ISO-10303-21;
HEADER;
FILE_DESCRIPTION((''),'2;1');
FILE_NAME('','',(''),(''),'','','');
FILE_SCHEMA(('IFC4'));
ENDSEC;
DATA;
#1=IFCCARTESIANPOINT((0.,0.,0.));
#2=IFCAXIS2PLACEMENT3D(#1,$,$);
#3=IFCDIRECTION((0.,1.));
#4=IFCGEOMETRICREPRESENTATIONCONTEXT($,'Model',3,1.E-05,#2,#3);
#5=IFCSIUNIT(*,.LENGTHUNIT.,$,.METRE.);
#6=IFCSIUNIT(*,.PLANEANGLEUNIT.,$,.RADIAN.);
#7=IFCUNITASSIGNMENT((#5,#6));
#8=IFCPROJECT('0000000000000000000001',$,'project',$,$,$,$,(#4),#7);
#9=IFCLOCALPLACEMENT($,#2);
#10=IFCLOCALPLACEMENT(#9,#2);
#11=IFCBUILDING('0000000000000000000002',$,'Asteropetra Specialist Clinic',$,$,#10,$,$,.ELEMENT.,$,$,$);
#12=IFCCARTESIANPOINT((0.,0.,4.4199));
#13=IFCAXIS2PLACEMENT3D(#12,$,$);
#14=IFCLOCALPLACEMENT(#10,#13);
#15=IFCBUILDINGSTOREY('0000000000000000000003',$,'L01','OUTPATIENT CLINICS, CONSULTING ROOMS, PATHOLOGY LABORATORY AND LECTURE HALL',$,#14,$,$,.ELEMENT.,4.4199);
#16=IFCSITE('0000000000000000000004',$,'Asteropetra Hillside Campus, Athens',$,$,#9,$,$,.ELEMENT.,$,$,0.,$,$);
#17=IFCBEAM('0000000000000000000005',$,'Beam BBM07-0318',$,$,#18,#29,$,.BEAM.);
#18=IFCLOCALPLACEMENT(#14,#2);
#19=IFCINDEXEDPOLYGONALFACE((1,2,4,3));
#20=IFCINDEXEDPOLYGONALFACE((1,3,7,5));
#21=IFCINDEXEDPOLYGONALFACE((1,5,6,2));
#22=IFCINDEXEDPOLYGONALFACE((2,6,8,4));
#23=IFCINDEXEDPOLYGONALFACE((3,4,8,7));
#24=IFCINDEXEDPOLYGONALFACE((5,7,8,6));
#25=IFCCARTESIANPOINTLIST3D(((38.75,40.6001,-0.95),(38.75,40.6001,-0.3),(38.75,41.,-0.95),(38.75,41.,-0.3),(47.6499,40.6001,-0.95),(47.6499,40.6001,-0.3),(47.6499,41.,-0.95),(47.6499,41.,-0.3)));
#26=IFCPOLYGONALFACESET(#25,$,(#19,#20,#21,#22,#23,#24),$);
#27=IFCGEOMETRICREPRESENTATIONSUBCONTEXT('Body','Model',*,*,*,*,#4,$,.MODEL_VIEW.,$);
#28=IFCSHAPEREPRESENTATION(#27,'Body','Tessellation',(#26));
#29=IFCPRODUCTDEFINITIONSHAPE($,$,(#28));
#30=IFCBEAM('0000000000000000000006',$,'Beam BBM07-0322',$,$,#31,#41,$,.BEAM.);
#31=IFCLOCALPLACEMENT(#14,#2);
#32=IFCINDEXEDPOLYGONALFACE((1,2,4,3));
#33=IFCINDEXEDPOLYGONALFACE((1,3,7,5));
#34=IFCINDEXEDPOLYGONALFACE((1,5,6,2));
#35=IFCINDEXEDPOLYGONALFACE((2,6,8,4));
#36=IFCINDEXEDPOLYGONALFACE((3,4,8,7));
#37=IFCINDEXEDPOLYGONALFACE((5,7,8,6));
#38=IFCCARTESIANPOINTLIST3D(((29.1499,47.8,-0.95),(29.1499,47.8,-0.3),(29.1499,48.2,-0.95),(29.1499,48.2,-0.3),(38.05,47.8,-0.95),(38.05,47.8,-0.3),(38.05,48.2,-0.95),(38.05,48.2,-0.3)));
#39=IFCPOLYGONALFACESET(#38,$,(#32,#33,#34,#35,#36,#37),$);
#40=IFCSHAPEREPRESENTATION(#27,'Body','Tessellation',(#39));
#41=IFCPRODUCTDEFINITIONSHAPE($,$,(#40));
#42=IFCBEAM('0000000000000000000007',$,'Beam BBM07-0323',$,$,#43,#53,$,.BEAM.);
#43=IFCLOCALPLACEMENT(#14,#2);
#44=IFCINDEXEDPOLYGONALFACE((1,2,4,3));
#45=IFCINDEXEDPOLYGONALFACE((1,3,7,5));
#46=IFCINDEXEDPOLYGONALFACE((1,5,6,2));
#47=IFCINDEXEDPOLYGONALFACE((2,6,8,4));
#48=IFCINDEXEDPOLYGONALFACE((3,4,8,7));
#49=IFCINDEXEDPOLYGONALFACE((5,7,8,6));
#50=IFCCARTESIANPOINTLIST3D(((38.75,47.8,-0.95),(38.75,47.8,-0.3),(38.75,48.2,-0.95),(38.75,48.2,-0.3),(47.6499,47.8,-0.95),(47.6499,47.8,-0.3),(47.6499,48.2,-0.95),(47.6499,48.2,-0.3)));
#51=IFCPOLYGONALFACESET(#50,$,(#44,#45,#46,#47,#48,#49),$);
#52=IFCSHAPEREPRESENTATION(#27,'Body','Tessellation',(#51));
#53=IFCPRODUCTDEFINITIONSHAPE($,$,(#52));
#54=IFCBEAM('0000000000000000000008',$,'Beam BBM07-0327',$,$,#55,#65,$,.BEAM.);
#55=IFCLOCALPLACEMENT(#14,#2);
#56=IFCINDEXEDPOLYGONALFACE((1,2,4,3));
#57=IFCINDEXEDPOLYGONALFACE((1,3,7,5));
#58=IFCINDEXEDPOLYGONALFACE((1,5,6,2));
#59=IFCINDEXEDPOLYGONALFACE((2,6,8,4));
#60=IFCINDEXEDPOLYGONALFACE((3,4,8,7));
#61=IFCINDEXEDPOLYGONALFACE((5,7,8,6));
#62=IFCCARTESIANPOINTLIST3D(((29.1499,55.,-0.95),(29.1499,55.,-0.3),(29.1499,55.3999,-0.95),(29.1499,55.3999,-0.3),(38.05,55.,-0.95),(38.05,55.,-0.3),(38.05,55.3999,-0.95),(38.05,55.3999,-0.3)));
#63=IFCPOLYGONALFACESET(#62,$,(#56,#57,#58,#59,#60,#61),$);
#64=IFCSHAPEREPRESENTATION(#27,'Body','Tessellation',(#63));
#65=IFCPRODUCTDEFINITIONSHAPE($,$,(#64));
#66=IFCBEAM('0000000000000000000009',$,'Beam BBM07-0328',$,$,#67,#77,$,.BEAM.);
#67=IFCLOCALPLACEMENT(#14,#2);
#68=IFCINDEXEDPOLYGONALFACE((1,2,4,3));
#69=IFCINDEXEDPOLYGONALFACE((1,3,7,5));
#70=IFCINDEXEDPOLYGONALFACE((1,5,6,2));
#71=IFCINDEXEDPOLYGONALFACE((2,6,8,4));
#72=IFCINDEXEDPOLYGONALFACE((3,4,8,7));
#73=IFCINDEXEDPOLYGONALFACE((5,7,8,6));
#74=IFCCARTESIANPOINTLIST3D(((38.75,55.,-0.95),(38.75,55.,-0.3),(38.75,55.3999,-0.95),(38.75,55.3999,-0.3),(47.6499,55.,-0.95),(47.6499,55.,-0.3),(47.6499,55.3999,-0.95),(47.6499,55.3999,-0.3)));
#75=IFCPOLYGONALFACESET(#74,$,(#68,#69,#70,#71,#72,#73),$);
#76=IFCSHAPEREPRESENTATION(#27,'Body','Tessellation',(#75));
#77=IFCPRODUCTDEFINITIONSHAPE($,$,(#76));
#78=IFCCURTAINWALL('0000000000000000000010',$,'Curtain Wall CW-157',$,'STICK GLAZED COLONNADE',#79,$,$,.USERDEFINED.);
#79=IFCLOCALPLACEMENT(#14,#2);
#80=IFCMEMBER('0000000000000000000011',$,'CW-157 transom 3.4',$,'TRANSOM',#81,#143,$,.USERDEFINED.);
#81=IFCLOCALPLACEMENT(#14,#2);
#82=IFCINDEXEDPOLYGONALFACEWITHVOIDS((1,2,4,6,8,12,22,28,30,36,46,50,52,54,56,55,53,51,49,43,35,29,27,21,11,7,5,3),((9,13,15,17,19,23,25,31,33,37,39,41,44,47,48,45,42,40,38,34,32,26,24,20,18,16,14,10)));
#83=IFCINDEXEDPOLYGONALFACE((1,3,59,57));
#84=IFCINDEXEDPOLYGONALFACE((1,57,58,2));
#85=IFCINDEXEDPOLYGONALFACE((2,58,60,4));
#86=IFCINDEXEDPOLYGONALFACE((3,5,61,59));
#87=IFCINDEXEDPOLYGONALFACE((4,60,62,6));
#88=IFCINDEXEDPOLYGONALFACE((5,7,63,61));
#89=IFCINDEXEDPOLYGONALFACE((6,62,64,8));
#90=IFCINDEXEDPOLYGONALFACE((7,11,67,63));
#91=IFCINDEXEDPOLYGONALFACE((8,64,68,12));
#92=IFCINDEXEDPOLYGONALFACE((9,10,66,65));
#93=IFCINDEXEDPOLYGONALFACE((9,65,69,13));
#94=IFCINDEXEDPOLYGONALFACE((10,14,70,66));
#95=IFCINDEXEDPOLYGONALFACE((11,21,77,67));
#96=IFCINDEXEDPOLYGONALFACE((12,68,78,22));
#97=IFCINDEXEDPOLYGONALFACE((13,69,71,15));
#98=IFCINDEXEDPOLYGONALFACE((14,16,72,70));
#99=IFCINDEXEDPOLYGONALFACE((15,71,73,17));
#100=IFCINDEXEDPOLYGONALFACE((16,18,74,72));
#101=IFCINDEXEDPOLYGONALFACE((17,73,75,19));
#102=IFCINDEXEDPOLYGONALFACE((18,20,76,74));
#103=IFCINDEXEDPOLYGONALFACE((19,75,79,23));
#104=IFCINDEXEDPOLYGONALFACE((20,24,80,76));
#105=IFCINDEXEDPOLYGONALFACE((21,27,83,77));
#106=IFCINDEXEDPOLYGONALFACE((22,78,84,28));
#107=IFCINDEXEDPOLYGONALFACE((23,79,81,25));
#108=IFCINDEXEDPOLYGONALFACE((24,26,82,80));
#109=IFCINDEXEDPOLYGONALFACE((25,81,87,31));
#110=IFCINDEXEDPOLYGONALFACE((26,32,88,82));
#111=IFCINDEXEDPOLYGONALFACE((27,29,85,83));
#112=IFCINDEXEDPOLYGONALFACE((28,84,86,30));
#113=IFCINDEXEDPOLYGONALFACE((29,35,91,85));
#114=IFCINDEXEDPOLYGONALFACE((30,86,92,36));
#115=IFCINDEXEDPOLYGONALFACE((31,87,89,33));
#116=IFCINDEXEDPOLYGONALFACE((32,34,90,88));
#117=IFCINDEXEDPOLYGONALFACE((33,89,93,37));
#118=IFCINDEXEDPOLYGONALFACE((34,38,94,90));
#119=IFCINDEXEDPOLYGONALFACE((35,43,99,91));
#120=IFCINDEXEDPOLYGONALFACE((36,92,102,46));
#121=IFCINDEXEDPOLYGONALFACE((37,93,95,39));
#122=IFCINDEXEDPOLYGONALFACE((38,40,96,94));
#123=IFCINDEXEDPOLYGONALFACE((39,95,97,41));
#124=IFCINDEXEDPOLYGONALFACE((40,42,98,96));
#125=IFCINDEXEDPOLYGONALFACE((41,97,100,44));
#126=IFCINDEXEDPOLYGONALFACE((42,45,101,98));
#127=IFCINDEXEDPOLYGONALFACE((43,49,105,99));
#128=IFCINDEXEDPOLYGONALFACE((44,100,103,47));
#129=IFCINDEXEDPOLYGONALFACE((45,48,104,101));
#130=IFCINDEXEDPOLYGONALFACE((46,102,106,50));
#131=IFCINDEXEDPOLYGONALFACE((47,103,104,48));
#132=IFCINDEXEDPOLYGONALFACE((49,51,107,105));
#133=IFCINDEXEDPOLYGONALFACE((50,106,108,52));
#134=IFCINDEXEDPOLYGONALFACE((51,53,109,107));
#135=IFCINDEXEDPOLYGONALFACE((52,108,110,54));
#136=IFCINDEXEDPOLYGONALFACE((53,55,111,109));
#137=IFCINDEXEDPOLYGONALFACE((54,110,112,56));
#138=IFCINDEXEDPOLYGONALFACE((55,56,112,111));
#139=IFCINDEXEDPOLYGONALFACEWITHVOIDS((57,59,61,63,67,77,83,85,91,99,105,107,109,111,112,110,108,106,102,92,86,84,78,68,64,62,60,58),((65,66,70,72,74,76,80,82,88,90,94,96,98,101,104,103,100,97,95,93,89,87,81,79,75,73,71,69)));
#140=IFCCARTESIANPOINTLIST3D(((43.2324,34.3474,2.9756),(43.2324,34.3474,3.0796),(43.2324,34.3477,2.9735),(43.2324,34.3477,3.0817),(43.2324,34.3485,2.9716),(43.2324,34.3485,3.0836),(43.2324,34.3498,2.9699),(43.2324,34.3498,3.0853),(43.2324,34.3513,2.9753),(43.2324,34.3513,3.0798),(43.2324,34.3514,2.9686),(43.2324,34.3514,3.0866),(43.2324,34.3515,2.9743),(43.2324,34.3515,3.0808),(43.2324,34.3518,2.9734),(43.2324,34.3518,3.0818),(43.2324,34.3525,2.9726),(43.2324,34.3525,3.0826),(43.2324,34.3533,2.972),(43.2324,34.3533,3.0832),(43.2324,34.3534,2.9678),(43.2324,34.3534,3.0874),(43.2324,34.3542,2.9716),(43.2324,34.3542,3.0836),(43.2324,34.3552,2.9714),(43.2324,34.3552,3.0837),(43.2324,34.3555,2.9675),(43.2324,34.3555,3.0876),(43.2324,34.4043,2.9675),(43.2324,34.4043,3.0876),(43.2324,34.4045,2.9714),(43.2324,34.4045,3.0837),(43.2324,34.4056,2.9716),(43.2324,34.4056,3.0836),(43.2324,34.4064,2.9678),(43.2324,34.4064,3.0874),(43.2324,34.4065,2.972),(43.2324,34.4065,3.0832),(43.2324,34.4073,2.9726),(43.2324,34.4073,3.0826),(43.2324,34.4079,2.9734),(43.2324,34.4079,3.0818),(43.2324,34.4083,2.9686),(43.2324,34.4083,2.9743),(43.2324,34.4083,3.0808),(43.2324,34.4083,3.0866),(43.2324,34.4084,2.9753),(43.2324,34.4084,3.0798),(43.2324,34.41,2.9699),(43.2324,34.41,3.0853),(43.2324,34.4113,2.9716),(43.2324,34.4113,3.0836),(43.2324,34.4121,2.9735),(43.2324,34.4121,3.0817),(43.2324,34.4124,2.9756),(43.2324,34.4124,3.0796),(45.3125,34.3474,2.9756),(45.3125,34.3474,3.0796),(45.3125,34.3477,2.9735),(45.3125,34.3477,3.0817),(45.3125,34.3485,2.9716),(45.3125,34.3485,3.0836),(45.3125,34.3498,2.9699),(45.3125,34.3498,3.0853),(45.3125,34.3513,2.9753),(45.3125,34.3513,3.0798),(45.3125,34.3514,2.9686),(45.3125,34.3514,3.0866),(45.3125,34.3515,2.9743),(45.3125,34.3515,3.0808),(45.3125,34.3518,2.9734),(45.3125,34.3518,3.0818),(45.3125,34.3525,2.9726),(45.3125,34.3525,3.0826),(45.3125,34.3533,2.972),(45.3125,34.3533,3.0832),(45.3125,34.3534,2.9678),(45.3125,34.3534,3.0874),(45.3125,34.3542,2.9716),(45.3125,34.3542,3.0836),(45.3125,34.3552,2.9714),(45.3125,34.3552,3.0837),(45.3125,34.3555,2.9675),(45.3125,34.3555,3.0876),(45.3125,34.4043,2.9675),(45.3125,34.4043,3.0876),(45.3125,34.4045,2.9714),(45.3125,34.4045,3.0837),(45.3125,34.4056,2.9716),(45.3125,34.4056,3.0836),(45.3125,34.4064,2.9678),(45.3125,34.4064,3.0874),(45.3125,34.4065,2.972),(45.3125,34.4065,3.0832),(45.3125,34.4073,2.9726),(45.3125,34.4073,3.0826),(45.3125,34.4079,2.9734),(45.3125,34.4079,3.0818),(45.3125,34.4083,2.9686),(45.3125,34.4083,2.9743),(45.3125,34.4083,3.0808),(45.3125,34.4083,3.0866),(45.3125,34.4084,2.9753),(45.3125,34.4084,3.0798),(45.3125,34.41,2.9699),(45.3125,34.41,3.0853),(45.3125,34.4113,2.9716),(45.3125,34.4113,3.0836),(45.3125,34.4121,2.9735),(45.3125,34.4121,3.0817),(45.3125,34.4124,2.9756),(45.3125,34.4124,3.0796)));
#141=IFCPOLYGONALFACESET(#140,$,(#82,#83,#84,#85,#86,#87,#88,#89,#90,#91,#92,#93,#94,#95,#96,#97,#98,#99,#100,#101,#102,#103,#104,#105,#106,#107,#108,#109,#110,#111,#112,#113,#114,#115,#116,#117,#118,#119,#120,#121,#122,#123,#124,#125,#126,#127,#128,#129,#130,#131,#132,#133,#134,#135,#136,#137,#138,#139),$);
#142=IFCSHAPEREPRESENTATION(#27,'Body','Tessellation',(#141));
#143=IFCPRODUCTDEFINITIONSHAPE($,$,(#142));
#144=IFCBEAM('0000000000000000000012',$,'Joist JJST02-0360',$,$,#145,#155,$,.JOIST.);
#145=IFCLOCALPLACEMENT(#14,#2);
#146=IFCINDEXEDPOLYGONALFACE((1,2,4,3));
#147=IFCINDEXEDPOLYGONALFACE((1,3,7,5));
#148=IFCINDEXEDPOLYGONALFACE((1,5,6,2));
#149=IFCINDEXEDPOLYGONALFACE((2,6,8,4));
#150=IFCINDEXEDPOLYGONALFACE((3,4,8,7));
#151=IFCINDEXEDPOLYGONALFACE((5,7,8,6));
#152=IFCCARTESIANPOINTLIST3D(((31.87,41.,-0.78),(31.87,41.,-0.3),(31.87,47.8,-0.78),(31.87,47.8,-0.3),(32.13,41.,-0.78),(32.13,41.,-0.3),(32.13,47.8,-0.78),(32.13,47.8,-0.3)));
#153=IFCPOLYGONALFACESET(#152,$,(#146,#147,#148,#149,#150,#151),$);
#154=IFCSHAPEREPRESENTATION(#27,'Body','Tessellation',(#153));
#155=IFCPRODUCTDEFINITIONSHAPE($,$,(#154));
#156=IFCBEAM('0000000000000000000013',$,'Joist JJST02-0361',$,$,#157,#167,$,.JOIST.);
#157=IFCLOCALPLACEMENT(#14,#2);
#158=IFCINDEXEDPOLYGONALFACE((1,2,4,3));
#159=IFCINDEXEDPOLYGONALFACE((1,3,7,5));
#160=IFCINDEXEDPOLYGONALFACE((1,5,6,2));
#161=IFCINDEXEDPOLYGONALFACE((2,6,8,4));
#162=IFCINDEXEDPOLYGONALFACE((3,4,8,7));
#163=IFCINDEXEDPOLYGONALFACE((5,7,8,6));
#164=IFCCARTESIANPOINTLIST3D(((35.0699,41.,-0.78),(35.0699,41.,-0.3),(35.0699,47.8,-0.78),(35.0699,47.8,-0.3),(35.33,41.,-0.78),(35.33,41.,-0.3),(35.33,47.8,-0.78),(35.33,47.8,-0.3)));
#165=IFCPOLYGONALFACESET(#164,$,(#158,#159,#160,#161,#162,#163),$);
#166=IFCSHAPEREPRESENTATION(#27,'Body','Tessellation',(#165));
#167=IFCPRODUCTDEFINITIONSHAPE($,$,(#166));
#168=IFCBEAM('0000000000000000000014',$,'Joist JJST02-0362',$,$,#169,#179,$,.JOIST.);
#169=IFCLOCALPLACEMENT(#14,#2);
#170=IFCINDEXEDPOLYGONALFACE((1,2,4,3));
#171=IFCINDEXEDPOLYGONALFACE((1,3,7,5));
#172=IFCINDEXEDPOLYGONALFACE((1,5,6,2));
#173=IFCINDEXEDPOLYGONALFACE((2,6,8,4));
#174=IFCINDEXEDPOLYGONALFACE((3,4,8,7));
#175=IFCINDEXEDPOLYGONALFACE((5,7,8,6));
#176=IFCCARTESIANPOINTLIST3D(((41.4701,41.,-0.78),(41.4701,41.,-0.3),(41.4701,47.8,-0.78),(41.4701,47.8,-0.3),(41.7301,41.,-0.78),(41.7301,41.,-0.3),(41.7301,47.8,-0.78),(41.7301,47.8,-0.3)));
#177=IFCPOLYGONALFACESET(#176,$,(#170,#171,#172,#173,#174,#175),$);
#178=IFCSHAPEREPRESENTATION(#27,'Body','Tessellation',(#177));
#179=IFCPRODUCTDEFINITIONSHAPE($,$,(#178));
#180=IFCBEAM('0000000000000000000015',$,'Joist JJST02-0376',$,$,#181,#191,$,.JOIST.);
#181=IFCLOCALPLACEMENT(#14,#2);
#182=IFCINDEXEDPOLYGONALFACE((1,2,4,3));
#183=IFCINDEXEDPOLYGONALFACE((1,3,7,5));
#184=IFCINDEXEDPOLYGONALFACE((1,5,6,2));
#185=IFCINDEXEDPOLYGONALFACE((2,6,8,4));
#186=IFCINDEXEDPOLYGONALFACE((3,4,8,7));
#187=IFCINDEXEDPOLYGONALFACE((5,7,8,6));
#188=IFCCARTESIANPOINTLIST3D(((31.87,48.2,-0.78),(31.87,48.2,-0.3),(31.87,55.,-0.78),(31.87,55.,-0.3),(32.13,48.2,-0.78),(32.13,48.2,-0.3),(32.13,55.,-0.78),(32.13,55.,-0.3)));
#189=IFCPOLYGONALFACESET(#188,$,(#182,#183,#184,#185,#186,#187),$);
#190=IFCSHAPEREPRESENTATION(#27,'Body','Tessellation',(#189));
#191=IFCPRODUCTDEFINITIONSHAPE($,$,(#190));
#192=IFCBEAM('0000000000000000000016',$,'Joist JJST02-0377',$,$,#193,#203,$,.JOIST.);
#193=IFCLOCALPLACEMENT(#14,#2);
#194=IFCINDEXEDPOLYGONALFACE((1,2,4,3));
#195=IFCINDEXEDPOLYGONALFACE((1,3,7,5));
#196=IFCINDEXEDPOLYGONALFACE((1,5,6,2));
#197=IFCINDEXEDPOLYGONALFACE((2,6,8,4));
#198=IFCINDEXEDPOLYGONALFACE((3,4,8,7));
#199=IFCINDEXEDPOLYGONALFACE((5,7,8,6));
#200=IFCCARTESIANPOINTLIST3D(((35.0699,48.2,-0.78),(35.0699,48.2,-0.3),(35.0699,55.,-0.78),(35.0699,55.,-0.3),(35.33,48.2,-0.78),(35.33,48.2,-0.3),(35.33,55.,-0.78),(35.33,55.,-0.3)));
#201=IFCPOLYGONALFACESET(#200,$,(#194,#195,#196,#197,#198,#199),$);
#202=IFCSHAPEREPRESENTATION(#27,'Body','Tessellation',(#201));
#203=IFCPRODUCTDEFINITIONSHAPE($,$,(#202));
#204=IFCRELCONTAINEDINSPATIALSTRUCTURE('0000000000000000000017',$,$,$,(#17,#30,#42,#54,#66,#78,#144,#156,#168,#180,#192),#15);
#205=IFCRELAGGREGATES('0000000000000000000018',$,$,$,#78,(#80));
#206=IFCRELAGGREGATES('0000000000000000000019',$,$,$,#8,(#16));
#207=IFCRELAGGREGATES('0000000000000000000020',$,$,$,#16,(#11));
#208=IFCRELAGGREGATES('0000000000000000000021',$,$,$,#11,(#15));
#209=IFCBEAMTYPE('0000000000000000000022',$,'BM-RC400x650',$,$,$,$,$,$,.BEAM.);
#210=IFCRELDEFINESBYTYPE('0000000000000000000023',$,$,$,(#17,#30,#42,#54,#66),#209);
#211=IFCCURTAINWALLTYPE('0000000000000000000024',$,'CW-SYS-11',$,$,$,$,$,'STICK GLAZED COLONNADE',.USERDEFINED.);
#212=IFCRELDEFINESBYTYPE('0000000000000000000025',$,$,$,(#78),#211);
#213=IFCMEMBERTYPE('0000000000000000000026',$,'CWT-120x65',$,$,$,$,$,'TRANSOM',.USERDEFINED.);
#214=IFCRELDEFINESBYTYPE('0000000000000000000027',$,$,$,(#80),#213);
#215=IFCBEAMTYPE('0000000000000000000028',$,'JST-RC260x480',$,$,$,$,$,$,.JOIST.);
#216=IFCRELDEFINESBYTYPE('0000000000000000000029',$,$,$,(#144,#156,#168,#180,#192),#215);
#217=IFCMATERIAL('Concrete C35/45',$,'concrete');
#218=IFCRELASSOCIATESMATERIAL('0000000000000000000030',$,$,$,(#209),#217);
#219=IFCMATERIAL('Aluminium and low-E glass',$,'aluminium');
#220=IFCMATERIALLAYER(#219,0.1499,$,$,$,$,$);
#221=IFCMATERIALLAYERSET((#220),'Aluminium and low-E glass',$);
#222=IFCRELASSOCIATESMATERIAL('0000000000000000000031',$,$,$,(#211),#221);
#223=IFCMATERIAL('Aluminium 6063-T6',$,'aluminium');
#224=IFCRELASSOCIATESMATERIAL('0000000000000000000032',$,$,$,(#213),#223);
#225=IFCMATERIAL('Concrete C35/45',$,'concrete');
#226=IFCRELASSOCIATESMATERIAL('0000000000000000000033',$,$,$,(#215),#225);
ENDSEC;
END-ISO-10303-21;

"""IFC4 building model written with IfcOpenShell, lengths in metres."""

from ifc_helpers import new_model, si_unit, direction, frame, origin, origin_2d, place, context, subcontext, project, spatial, rectangle, hollow_rectangle, extrude, material, layer, layer_set, material_profile, profile_set, type_object, element, aggregate, save


model = new_model("IFC4")

# Units and contexts
model_context = context("Model", 3, precision=1e-05, world=origin(), true_north=direction((0.0, 1.0)))
body_context = subcontext(model_context, "Body", "Model", "MODEL_VIEW")
ifc_project = project(units=[si_unit("LENGTHUNIT", "METRE"), si_unit("PLANEANGLEUNIT", "RADIAN")], contexts=[model_context])

# Site, building, storey
site_placement = place(None, origin())
site = spatial("IfcSite", under=ifc_project, at=site_placement, Name="Asteropetra Hillside Campus, Athens", CompositionType="ELEMENT", RefElevation=0.0)
building_placement = place(site_placement, origin())
building = spatial("IfcBuilding", under=site, at=building_placement, Name="Asteropetra Specialist Clinic", CompositionType="ELEMENT")
storey_placement = place(building_placement, frame((0.0, 0.0, 4.4199)))
storey = spatial("IfcBuildingStorey", under=building, at=storey_placement, Name="L01", Description="OUTPATIENT CLINICS, CONSULTING ROOMS, PATHOLOGY LABORATORY AND LECTURE HALL", CompositionType="ELEMENT", Elevation=4.4199)

# Beams
ifc_material_1 = material(Name="Concrete C35/45", Category="concrete")
ifc_material_profile_1 = material_profile(ifc_material_1, rectangle(XDim=0.3999, YDim=0.6499, at=origin_2d()), Name="RCB 400x650")
ifc_profile_set_1 = profile_set([ifc_material_profile_1], Name="Concrete C35/45")
beam_type_1 = type_object("IfcBeamType", Name="BM-RC400x650", PredefinedType="BEAM", material=ifc_profile_set_1)
beam_1_placement = place(storey_placement, frame((38.75, 40.8, -0.625), z_axis=(1.0, 0.0, 0.0), x_axis=(0.0, 1.0, 0.0)))
element("IfcBeam", 1, at=beam_1_placement, inside=storey, type_object=beam_type_1, Name="Beam BBM07-0318", PredefinedType="BEAM", context=body_context, shape_type="SweptSolid", body=[
    extrude(rectangle(XDim=0.3999, YDim=0.6499, at=origin_2d()), origin(), (0.0, 0.0, 1.0), 8.8999),
])
beam_2_placement = place(storey_placement, frame((29.1499, 48.0, -0.625), z_axis=(1.0, 0.0, 0.0), x_axis=(0.0, 1.0, 0.0)))
element("IfcBeam", 2, at=beam_2_placement, inside=storey, type_object=beam_type_1, Name="Beam BBM07-0322", PredefinedType="BEAM", context=body_context, shape_type="SweptSolid", body=[
    extrude(rectangle(XDim=0.3999, YDim=0.6499, at=origin_2d()), origin(), (0.0, 0.0, 1.0), 8.9001),
])
beam_3_placement = place(storey_placement, frame((38.75, 48.0, -0.625), z_axis=(1.0, 0.0, 0.0), x_axis=(0.0, 1.0, 0.0)))
element("IfcBeam", 3, at=beam_3_placement, inside=storey, type_object=beam_type_1, Name="Beam BBM07-0323", PredefinedType="BEAM", context=body_context, shape_type="SweptSolid", body=[
    extrude(rectangle(XDim=0.3999, YDim=0.6499, at=origin_2d()), origin(), (0.0, 0.0, 1.0), 8.8999),
])
beam_4_placement = place(storey_placement, frame((29.1499, 55.2, -0.625), z_axis=(1.0, 0.0, 0.0), x_axis=(0.0, 1.0, 0.0)))
element("IfcBeam", 4, at=beam_4_placement, inside=storey, type_object=beam_type_1, Name="Beam BBM07-0327", PredefinedType="BEAM", context=body_context, shape_type="SweptSolid", body=[
    extrude(rectangle(XDim=0.3999, YDim=0.6499, at=origin_2d()), origin(), (0.0, 0.0, 1.0), 8.9001),
])
beam_5_placement = place(storey_placement, frame((38.75, 55.2, -0.625), z_axis=(1.0, 0.0, 0.0), x_axis=(0.0, 1.0, 0.0)))
element("IfcBeam", 5, at=beam_5_placement, inside=storey, type_object=beam_type_1, Name="Beam BBM07-0328", PredefinedType="BEAM", context=body_context, shape_type="SweptSolid", body=[
    extrude(rectangle(XDim=0.3999, YDim=0.6499, at=origin_2d()), origin(), (0.0, 0.0, 1.0), 8.8999),
])

# Curtain wall, member
ifc_material_2 = material(Name="Aluminium and low-E glass", Category="aluminium")
ifc_layer_1 = layer(ifc_material_2, 0.1499)
ifc_layer_set_1 = layer_set([ifc_layer_1], Name="Aluminium and low-E glass")
curtain_wall_type = type_object("IfcCurtainWallType", Name="CW-SYS-11", ElementType="STICK GLAZED COLONNADE", PredefinedType="USERDEFINED", material=ifc_layer_set_1)
curtain_wall_placement = place(storey_placement, origin())
curtain_wall = element("IfcCurtainWall", 6, at=curtain_wall_placement, inside=storey, type_object=curtain_wall_type, Name="Curtain Wall CW-157", ObjectType="STICK GLAZED COLONNADE", PredefinedType="USERDEFINED")
ifc_material_3 = material(Name="Aluminium 6063-T6", Category="aluminium")
ifc_material_profile_2 = material_profile(ifc_material_3, hollow_rectangle(XDim=0.0649, YDim=0.1201, WallThickness=0.0039, InnerFilletRadius=0.0039, OuterFilletRadius=0.0081, at=origin_2d()), Name="TRN 120x65x4.0")
ifc_profile_set_2 = profile_set([ifc_material_profile_2], Name="Aluminium 6063-T6")
member_type = type_object("IfcMemberType", Name="CWT-120x65", ElementType="TRANSOM", PredefinedType="USERDEFINED", material=ifc_profile_set_2)
member_placement = place(storey_placement, frame((43.2324, 34.3799, 3.0276), z_axis=(1.0, 0.0, 0.0), x_axis=(0.0, 1.0, 0.0)))
member = element("IfcMember", 7, at=member_placement, type_object=member_type, Name="CW-157 transom 3.4", ObjectType="TRANSOM", PredefinedType="USERDEFINED", context=body_context, shape_type="SweptSolid", body=[
    extrude(hollow_rectangle(XDim=0.0649, YDim=0.1201, WallThickness=0.0039, InnerFilletRadius=0.0039, OuterFilletRadius=0.0081, at=origin_2d()), origin(), (0.0, 0.0, 1.0), 2.0801),
])

# Beams
ifc_material_4 = material(Name="Concrete C35/45", Category="concrete")
ifc_material_profile_3 = material_profile(ifc_material_4, rectangle(XDim=0.26, YDim=0.48, at=origin_2d()), Name="RCJ 260x480")
ifc_profile_set_3 = profile_set([ifc_material_profile_3], Name="Concrete C35/45")
beam_type_2 = type_object("IfcBeamType", Name="JST-RC260x480", PredefinedType="JOIST", material=ifc_profile_set_3)
for number, where, z_axis, x_axis, name in (
    (8, (32.0, 41.0, -0.54), (0.0, 1.0, 0.0), (-1.0, 0.0, 0.0), "Joist JJST02-0360"),
    (9, (35.2, 41.0, -0.54), (0.0, 1.0, 0.0), (-1.0, 0.0, 0.0), "Joist JJST02-0361"),
    (10, (41.6001, 41.0, -0.54), (0.0, 1.0, 0.0), (-1.0, 0.0, 0.0), "Joist JJST02-0362"),
    (11, (32.0, 48.2, -0.54), (0.0, 1.0, 0.0), (-1.0, 0.0, 0.0), "Joist JJST02-0376"),
    (12, (35.2, 48.2, -0.54), (0.0, 1.0, 0.0), (-1.0, 0.0, 0.0), "Joist JJST02-0377"),
):
    element("IfcBeam", number, at=place(storey_placement, frame(where, z_axis=z_axis, x_axis=x_axis)), inside=storey, type_object=beam_type_2, Name=name, PredefinedType="JOIST", context=body_context, shape_type="SweptSolid", body=[
        extrude(rectangle(XDim=0.26, YDim=0.48, at=origin_2d()), origin(), (0.0, 0.0, 1.0), 6.8),
    ])

aggregate(curtain_wall, [member])

save(model, "model.ifc")
